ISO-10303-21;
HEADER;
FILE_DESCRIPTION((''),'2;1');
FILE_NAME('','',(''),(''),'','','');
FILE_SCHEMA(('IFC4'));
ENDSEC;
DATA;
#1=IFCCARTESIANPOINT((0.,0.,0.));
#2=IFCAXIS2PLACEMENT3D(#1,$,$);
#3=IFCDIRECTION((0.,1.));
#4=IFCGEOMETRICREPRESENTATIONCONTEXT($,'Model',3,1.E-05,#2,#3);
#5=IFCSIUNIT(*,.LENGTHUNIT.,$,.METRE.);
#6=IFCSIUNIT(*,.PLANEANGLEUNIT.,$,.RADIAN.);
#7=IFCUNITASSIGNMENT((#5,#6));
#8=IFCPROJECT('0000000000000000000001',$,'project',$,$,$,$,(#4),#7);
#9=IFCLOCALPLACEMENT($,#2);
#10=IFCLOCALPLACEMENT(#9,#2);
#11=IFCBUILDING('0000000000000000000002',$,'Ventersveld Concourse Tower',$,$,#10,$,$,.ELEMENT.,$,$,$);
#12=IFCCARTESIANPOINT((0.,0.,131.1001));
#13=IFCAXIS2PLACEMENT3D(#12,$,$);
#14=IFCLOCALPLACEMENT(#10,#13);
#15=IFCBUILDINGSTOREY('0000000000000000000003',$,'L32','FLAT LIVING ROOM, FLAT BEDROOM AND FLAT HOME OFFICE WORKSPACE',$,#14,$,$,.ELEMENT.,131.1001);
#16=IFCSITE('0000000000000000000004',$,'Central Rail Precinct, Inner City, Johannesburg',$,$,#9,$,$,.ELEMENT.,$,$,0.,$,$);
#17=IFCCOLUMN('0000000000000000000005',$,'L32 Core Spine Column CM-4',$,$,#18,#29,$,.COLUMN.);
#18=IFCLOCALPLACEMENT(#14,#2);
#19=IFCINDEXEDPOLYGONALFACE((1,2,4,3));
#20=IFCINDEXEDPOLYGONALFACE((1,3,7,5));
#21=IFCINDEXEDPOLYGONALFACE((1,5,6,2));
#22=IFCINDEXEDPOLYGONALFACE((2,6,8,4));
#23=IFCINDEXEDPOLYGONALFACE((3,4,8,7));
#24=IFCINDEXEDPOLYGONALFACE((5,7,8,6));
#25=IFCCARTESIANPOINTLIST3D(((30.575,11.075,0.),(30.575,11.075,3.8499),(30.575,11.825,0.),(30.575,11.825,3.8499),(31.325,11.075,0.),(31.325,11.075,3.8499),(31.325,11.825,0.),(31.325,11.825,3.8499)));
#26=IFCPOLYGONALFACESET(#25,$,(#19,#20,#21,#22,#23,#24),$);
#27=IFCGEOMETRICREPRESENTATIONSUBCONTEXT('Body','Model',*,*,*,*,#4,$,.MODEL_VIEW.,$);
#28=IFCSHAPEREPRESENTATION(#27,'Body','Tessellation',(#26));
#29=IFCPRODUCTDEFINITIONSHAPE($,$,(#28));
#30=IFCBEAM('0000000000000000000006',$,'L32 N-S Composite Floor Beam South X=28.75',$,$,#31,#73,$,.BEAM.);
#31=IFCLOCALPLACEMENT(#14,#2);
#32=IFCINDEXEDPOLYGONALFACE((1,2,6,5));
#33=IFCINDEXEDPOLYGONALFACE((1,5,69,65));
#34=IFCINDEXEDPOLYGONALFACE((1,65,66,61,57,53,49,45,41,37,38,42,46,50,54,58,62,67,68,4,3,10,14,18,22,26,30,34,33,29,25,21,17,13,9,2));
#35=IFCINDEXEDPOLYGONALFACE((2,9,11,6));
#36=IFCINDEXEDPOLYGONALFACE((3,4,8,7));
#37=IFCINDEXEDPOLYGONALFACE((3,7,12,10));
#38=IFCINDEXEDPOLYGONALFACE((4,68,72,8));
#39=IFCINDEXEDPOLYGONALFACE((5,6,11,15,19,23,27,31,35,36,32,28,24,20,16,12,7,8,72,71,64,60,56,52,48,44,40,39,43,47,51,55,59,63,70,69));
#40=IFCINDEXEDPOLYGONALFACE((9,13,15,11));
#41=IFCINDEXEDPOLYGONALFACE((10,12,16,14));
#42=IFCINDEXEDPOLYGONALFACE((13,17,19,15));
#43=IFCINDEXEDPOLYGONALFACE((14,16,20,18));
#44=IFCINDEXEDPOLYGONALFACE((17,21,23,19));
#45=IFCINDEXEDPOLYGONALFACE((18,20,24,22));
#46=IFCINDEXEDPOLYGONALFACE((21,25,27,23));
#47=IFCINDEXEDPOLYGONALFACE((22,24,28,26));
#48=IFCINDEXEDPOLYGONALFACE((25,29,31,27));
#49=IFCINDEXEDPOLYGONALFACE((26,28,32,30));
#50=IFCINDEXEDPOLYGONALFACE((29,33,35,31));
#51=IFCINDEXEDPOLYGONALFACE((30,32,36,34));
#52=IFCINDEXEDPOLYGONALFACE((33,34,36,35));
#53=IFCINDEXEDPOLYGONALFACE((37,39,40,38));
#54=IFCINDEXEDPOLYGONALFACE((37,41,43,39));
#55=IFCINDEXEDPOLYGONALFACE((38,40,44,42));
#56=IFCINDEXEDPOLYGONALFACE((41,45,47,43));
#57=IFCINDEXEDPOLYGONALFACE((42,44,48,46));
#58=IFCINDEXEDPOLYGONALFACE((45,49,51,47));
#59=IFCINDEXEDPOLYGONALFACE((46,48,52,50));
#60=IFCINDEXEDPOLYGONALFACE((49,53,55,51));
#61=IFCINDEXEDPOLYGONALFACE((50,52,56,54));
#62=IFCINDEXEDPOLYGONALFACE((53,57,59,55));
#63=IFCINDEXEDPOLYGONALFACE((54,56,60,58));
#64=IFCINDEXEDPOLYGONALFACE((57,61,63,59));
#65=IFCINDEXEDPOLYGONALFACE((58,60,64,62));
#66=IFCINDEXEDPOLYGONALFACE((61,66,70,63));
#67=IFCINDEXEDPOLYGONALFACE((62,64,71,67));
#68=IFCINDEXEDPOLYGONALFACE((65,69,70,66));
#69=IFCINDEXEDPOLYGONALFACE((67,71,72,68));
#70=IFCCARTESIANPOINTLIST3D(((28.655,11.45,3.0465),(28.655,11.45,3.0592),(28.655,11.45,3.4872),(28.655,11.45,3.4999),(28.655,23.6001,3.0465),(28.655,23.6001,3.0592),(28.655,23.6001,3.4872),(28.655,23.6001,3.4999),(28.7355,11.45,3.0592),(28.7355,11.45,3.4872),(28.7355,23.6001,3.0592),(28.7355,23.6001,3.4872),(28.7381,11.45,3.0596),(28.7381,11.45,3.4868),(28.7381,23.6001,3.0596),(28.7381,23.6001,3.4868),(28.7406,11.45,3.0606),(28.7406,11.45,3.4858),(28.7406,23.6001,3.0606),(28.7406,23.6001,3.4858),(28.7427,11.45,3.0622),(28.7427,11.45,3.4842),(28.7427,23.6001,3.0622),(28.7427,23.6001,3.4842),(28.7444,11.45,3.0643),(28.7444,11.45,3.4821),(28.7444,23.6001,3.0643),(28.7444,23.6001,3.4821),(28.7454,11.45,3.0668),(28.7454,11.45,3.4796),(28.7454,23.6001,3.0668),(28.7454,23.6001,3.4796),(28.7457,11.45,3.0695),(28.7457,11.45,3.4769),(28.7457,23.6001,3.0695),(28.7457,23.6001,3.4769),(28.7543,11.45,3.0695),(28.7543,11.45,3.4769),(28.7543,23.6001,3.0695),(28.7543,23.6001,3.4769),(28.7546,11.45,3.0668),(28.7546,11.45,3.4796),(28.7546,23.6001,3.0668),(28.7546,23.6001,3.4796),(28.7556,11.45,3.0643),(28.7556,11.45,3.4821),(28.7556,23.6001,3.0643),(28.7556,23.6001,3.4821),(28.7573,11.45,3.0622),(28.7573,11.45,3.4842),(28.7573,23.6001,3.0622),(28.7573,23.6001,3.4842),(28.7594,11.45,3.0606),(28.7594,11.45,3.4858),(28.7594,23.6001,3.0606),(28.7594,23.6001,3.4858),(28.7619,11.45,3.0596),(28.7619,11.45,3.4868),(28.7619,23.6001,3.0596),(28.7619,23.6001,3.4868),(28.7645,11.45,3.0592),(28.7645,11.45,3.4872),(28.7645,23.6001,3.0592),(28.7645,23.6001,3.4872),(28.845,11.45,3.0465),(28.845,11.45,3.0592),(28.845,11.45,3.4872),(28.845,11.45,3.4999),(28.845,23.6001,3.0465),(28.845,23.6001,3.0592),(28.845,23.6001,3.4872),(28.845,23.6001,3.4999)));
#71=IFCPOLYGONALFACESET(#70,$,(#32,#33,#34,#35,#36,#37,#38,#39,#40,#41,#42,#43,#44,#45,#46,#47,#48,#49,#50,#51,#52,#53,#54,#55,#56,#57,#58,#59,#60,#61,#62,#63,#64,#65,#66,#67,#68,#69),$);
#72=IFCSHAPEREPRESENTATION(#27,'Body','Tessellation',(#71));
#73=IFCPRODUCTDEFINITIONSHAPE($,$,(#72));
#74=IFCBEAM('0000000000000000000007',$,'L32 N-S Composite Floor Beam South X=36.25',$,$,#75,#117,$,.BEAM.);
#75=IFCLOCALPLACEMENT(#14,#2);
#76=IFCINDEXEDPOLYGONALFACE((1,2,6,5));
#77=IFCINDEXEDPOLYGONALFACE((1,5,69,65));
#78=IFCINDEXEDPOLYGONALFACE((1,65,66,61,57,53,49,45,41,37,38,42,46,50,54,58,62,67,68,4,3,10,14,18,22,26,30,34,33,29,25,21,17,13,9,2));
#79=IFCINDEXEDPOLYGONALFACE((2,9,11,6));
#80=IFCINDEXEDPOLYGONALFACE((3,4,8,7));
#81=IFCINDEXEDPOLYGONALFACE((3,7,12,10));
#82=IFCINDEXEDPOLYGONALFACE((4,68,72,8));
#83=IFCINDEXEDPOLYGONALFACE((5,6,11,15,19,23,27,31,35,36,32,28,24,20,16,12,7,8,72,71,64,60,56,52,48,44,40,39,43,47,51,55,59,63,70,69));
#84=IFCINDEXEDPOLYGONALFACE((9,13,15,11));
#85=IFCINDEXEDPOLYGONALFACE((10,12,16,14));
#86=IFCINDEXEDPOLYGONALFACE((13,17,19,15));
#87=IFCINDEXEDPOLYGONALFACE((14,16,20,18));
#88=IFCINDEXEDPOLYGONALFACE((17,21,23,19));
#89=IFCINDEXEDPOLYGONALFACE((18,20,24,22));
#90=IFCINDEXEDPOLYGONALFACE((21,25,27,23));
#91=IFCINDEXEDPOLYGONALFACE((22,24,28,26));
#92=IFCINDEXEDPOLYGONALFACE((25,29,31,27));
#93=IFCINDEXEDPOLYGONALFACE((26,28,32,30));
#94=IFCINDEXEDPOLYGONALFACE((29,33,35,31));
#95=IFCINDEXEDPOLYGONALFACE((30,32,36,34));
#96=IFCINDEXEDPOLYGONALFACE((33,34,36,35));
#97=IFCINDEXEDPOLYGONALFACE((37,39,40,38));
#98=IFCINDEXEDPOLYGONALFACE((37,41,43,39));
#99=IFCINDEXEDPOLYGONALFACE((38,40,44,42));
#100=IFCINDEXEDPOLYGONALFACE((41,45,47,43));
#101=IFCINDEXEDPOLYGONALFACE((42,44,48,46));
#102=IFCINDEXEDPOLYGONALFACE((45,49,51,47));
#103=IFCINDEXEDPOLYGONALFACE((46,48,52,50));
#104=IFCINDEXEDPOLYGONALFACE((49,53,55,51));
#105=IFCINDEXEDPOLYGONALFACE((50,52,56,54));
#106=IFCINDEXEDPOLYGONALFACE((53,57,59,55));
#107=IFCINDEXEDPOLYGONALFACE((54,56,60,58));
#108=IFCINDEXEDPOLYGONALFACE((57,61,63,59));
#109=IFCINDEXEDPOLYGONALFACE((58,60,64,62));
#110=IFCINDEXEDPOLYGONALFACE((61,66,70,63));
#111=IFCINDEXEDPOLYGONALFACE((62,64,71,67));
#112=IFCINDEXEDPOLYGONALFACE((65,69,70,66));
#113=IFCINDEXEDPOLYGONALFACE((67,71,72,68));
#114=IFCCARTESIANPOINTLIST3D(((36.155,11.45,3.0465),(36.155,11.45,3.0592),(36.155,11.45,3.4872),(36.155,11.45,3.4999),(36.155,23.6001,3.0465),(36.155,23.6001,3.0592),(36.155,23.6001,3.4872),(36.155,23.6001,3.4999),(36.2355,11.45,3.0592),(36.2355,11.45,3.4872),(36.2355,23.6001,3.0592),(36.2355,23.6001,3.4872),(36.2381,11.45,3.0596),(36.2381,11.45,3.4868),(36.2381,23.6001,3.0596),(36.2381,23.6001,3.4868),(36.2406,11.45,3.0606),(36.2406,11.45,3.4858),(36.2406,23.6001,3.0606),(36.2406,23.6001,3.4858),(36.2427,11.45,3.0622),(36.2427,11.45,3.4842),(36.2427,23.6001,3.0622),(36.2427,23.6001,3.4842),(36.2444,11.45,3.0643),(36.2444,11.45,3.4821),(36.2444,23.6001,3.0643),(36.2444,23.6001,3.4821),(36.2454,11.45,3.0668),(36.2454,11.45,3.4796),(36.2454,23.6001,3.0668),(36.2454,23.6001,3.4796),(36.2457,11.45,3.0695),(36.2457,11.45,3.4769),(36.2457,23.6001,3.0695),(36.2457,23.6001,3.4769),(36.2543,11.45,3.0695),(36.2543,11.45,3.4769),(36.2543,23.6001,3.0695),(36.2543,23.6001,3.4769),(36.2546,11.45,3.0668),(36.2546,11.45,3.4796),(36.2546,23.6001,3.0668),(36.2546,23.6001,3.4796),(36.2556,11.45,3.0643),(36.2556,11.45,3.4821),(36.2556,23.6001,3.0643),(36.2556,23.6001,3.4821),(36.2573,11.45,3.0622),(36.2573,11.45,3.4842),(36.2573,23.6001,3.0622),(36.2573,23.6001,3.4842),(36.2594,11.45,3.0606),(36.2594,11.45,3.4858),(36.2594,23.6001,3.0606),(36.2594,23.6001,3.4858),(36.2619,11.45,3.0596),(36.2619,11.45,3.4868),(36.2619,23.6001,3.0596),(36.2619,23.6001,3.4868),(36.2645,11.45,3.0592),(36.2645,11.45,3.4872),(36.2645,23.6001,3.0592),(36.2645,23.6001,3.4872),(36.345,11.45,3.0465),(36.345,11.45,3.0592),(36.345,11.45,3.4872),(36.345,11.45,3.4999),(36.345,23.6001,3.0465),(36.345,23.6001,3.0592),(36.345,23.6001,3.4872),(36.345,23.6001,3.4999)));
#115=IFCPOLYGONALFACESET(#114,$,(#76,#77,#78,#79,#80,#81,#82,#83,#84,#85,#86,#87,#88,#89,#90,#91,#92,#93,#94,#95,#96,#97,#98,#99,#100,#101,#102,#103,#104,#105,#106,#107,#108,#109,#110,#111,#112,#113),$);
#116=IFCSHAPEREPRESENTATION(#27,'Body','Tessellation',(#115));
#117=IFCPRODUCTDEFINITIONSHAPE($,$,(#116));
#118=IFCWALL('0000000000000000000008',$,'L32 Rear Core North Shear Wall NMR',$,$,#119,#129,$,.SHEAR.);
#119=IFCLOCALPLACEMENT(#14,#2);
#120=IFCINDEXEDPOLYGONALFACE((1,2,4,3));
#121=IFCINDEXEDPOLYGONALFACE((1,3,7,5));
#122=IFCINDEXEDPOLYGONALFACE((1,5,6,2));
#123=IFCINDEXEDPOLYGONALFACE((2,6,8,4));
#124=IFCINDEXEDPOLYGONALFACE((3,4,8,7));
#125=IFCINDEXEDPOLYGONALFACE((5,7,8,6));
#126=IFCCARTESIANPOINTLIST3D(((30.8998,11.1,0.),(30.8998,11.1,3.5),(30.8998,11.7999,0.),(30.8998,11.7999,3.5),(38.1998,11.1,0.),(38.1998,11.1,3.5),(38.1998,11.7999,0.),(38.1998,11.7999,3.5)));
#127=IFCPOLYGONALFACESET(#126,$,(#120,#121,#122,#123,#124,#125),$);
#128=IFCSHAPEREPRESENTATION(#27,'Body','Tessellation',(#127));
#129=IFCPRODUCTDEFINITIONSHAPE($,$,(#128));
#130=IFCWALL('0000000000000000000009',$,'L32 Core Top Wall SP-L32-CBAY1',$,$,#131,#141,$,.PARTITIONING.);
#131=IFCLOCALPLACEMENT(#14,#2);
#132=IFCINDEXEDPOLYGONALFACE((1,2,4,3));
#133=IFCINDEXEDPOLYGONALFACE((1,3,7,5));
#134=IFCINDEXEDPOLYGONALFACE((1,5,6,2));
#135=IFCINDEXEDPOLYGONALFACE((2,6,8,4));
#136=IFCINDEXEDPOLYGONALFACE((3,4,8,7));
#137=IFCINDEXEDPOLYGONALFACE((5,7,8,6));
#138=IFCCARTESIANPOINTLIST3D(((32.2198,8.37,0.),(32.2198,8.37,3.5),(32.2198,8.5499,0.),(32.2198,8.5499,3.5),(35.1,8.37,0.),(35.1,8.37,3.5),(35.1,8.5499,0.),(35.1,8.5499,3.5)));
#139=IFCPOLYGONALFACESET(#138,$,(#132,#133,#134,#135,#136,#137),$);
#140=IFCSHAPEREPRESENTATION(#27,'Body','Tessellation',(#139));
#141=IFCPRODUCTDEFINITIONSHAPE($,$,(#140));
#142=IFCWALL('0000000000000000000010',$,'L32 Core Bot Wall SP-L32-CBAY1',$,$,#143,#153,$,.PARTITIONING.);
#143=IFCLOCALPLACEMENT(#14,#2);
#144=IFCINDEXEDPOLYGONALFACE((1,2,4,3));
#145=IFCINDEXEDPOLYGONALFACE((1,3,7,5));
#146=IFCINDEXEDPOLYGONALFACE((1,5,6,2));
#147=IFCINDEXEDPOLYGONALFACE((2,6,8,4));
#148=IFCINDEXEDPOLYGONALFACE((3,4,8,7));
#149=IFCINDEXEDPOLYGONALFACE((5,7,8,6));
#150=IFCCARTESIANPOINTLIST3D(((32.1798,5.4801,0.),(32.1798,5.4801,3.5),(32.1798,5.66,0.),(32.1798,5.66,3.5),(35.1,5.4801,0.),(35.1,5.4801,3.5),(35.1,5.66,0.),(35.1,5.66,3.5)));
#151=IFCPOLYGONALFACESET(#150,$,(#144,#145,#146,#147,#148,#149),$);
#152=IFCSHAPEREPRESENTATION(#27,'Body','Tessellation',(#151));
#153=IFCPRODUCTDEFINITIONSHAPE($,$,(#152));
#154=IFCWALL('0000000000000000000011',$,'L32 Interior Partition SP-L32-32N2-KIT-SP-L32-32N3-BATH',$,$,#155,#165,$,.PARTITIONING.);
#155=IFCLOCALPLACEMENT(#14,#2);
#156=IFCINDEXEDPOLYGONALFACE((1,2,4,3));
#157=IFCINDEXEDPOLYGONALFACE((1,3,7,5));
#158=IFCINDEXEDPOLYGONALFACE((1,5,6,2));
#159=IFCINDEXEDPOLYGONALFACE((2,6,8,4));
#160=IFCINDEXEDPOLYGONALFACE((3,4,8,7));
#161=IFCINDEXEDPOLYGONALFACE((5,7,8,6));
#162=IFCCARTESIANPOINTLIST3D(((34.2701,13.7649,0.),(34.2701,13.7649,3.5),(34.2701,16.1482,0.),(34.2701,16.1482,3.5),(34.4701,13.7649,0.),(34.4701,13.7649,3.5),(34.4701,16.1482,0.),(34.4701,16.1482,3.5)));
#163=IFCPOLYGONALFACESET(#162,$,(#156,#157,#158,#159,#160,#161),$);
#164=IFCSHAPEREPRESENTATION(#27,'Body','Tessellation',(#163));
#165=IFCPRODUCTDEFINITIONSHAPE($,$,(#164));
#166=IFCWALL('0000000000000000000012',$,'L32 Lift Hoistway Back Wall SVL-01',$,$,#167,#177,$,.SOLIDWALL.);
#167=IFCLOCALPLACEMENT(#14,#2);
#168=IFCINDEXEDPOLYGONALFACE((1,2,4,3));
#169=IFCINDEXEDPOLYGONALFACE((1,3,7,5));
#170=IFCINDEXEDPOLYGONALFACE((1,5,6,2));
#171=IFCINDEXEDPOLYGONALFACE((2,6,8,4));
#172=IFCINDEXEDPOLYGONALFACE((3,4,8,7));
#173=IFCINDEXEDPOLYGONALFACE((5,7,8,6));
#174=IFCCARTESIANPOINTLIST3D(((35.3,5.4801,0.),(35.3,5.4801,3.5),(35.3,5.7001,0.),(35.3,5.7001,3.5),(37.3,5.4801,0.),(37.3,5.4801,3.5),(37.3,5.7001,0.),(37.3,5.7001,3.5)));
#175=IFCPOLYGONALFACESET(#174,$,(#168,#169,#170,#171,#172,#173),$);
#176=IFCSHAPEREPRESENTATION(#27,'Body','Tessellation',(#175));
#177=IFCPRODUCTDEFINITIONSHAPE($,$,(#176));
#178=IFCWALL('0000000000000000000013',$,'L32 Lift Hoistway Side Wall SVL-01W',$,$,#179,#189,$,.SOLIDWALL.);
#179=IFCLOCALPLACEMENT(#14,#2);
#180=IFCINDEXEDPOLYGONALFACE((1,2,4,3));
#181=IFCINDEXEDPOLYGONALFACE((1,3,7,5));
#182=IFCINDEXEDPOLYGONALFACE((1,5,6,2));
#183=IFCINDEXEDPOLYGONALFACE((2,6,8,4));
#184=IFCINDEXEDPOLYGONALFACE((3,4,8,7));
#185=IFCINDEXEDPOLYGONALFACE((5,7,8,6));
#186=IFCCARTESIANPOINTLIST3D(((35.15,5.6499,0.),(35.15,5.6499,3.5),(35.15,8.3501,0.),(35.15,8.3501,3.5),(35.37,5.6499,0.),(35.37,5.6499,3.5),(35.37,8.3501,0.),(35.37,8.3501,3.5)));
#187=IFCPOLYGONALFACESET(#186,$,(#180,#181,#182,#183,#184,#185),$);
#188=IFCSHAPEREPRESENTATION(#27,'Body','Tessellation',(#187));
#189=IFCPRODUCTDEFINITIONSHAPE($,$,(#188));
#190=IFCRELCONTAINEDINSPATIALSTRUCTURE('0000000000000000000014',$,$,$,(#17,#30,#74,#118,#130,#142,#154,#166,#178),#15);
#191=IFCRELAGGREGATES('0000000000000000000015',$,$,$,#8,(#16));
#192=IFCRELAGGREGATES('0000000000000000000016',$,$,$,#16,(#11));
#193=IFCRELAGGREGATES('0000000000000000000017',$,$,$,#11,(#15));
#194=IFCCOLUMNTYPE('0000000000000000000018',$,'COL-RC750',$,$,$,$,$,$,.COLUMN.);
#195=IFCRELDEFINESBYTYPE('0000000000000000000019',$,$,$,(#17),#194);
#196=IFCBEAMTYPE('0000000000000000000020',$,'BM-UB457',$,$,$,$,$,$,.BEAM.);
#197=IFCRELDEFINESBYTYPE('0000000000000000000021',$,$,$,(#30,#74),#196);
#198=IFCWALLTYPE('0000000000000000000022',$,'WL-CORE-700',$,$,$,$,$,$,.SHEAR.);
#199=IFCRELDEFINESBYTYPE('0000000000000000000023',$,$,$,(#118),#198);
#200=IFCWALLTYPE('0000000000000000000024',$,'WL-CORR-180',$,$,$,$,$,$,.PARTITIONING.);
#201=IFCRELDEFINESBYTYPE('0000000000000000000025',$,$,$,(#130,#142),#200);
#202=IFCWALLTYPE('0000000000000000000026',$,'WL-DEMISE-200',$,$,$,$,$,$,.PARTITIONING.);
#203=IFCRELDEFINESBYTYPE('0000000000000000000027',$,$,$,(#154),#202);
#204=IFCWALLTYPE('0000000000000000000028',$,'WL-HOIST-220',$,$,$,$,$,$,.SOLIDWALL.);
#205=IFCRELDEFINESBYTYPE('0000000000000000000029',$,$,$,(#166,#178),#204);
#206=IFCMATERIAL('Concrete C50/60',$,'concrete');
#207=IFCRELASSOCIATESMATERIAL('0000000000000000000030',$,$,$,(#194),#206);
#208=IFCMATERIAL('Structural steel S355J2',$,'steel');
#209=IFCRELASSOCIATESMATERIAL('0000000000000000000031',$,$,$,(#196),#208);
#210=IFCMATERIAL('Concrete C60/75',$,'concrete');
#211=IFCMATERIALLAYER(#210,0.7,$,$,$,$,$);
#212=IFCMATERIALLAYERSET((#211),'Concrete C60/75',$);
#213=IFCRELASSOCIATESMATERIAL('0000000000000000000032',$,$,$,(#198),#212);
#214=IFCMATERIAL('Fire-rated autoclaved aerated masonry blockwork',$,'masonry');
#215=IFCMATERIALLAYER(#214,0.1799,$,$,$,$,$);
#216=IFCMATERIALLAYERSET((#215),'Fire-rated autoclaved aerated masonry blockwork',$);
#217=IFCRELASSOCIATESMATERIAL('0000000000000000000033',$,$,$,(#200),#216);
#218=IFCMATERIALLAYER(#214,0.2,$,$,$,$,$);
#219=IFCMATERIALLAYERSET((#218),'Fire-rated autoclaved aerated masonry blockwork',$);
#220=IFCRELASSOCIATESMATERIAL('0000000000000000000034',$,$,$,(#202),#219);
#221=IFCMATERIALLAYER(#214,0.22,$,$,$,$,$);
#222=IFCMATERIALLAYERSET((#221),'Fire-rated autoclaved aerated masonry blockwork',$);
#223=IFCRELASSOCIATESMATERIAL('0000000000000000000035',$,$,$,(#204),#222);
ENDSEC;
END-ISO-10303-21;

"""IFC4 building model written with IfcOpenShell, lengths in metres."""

from ifc_helpers import new_model, si_unit, direction, frame, frame_2d, origin, origin_2d, place, context, subcontext, project, spatial, rectangle, i_section, extrude, material, layer, layer_set, material_profile, profile_set, type_object, element, save


model = new_model("IFC4")

# Units and contexts
model_context = context("Model", 3, precision=1e-05, world=origin(), true_north=direction((0.0, 1.0)))
body_context = subcontext(model_context, "Body", "Model", "MODEL_VIEW")
ifc_project = project(units=[si_unit("LENGTHUNIT", "METRE"), si_unit("PLANEANGLEUNIT", "RADIAN")], contexts=[model_context])

# Site, building, storey
site_placement = place(None, origin())
site = spatial("IfcSite", under=ifc_project, at=site_placement, Name="Central Rail Precinct, Inner City, Johannesburg", CompositionType="ELEMENT", RefElevation=0.0)
building_placement = place(site_placement, origin())
building = spatial("IfcBuilding", under=site, at=building_placement, Name="Ventersveld Concourse Tower", CompositionType="ELEMENT")
storey_placement = place(building_placement, frame((0.0, 0.0, 131.1001)))
storey = spatial("IfcBuildingStorey", under=building, at=storey_placement, Name="L32", Description="FLAT LIVING ROOM, FLAT BEDROOM AND FLAT HOME OFFICE WORKSPACE", CompositionType="ELEMENT", Elevation=131.1001)

# Column
ifc_material_1 = material(Name="Concrete C50/60", Category="concrete")
ifc_material_profile_1 = material_profile(ifc_material_1, rectangle(XDim=0.75, YDim=0.75, at=origin_2d()), Name="RC 750x750")
ifc_profile_set_1 = profile_set([ifc_material_profile_1], Name="Concrete C50/60")
column_type = type_object("IfcColumnType", Name="COL-RC750", PredefinedType="COLUMN", material=ifc_profile_set_1)
column_placement = place(storey_placement, frame((30.95, 11.45, 0.0), z_axis=(0.0, 0.0, 1.0), x_axis=(1.0, 0.0, 0.0)))
element("IfcColumn", 1, at=column_placement, inside=storey, type_object=column_type, Name="L32 Core Spine Column CM-4", PredefinedType="COLUMN", context=body_context, shape_type="SweptSolid", body=[
    extrude(rectangle(XDim=0.75, YDim=0.75, at=origin_2d()), origin(), (0.0, 0.0, 1.0), 3.8499),
])

# Beams
ifc_material_2 = material(Name="Structural steel S355J2", Category="steel")
ifc_material_profile_2 = material_profile(ifc_material_2, i_section(OverallWidth=0.1899, OverallDepth=0.4534, WebThickness=0.0085, FlangeThickness=0.0127, FilletRadius=0.0103, at=origin_2d()), Name="UB 457x191x67")
ifc_profile_set_2 = profile_set([ifc_material_profile_2], Name="Structural steel S355J2")
beam_type = type_object("IfcBeamType", Name="BM-UB457", PredefinedType="BEAM", material=ifc_profile_set_2)
for number, where, z_axis, x_axis, name in (
    (2, (28.75, 11.45, 3.2732), (0.0, 1.0, 0.0), (-1.0, 0.0, 0.0), "L32 N-S Composite Floor Beam South X=28.75"),
    (3, (36.25, 11.45, 3.2732), (0.0, 1.0, 0.0), (-1.0, 0.0, 0.0), "L32 N-S Composite Floor Beam South X=36.25"),
):
    element("IfcBeam", number, at=place(storey_placement, frame(where, z_axis=z_axis, x_axis=x_axis)), inside=storey, type_object=beam_type, Name=name, PredefinedType="BEAM", context=body_context, shape_type="SweptSolid", body=[
        extrude(i_section(OverallWidth=0.1899, OverallDepth=0.4534, WebThickness=0.0085, FlangeThickness=0.0127, FilletRadius=0.0103, at=origin_2d()), origin(), (0.0, 0.0, 1.0), 12.1501),
    ])

# Wall
ifc_material_3 = material(Name="Concrete C60/75", Category="concrete")
ifc_layer_1 = layer(ifc_material_3, 0.7)
ifc_layer_set_1 = layer_set([ifc_layer_1], Name="Concrete C60/75")
wall_type_1 = type_object("IfcWallType", Name="WL-CORE-700", PredefinedType="SHEAR", material=ifc_layer_set_1)
wall_1_placement = place(storey_placement, frame((30.8999, 11.45, 0.0), z_axis=(0.0, 0.0, 1.0), x_axis=(1.0, 0.0, 0.0)))
element("IfcWall", 4, at=wall_1_placement, inside=storey, type_object=wall_type_1, Name="L32 Rear Core North Shear Wall NMR", PredefinedType="SHEAR", context=body_context, shape_type="SweptSolid", body=[
    extrude(rectangle(XDim=7.3, YDim=0.7, at=frame_2d((3.6499, 0.0))), origin(), (0.0, 0.0, 1.0), 3.5),
])

# Shared definitions
ifc_material_4 = material(Name="Fire-rated autoclaved aerated masonry blockwork", Category="masonry")
ifc_layer_2 = layer(ifc_material_4, 0.1799)
ifc_layer_set_2 = layer_set([ifc_layer_2], Name="Fire-rated autoclaved aerated masonry blockwork")
wall_type_2 = type_object("IfcWallType", Name="WL-CORR-180", PredefinedType="PARTITIONING", material=ifc_layer_set_2)

# Walls
wall_2_placement = place(storey_placement, frame((32.22, 8.46, 0.0), z_axis=(0.0, 0.0, 1.0), x_axis=(1.0, 0.0, 0.0)))
element("IfcWall", 5, at=wall_2_placement, inside=storey, type_object=wall_type_2, Name="L32 Core Top Wall SP-L32-CBAY1", PredefinedType="PARTITIONING", context=body_context, shape_type="SweptSolid", body=[
    extrude(rectangle(XDim=2.8801, YDim=0.1799, at=frame_2d((1.4399, 0.0))), origin(), (0.0, 0.0, 1.0), 3.5),
])
wall_3_placement = place(storey_placement, frame((32.1799, 5.5701, 0.0), z_axis=(0.0, 0.0, 1.0), x_axis=(1.0, 0.0, 0.0)))
element("IfcWall", 6, at=wall_3_placement, inside=storey, type_object=wall_type_2, Name="L32 Core Bot Wall SP-L32-CBAY1", PredefinedType="PARTITIONING", context=body_context, shape_type="SweptSolid", body=[
    extrude(rectangle(XDim=2.9202, YDim=0.1799, at=frame_2d((1.46, 0.0))), origin(), (0.0, 0.0, 1.0), 3.5),
])
ifc_layer_3 = layer(ifc_material_4, 0.2)
ifc_layer_set_3 = layer_set([ifc_layer_3], Name="Fire-rated autoclaved aerated masonry blockwork")
wall_type_3 = type_object("IfcWallType", Name="WL-DEMISE-200", PredefinedType="PARTITIONING", material=ifc_layer_set_3)
wall_4_placement = place(storey_placement, frame((34.3701, 13.7649, 0.0), z_axis=(0.0, 0.0, 1.0), x_axis=(0.0, 1.0, 0.0)))
element("IfcWall", 7, at=wall_4_placement, inside=storey, type_object=wall_type_3, Name="L32 Interior Partition SP-L32-32N2-KIT-SP-L32-32N3-BATH", PredefinedType="PARTITIONING", context=body_context, shape_type="SweptSolid", body=[
    extrude(rectangle(XDim=2.3833, YDim=0.2, at=frame_2d((1.1917, 0.0))), origin(), (0.0, 0.0, 1.0), 3.5),
])
ifc_layer_4 = layer(ifc_material_4, 0.22)
ifc_layer_set_4 = layer_set([ifc_layer_4], Name="Fire-rated autoclaved aerated masonry blockwork")
wall_type_4 = type_object("IfcWallType", Name="WL-HOIST-220", PredefinedType="SOLIDWALL", material=ifc_layer_set_4)
wall_5_placement = place(storey_placement, frame((35.3, 5.5901, 0.0), z_axis=(0.0, 0.0, 1.0), x_axis=(1.0, 0.0, 0.0)))
element("IfcWall", 8, at=wall_5_placement, inside=storey, type_object=wall_type_4, Name="L32 Lift Hoistway Back Wall SVL-01", PredefinedType="SOLIDWALL", context=body_context, shape_type="SweptSolid", body=[
    extrude(rectangle(XDim=2.0, YDim=0.22, at=frame_2d((1.0, 0.0))), origin(), (0.0, 0.0, 1.0), 3.5),
])
wall_6_placement = place(storey_placement, frame((35.26, 5.6499, 0.0), z_axis=(0.0, 0.0, 1.0), x_axis=(0.0, 1.0, 0.0)))
element("IfcWall", 9, at=wall_6_placement, inside=storey, type_object=wall_type_4, Name="L32 Lift Hoistway Side Wall SVL-01W", PredefinedType="SOLIDWALL", context=body_context, shape_type="SweptSolid", body=[
    extrude(rectangle(XDim=2.7002, YDim=0.22, at=frame_2d((1.3501, 0.0))), origin(), (0.0, 0.0, 1.0), 3.5),
])

save(model, "model.ifc")
